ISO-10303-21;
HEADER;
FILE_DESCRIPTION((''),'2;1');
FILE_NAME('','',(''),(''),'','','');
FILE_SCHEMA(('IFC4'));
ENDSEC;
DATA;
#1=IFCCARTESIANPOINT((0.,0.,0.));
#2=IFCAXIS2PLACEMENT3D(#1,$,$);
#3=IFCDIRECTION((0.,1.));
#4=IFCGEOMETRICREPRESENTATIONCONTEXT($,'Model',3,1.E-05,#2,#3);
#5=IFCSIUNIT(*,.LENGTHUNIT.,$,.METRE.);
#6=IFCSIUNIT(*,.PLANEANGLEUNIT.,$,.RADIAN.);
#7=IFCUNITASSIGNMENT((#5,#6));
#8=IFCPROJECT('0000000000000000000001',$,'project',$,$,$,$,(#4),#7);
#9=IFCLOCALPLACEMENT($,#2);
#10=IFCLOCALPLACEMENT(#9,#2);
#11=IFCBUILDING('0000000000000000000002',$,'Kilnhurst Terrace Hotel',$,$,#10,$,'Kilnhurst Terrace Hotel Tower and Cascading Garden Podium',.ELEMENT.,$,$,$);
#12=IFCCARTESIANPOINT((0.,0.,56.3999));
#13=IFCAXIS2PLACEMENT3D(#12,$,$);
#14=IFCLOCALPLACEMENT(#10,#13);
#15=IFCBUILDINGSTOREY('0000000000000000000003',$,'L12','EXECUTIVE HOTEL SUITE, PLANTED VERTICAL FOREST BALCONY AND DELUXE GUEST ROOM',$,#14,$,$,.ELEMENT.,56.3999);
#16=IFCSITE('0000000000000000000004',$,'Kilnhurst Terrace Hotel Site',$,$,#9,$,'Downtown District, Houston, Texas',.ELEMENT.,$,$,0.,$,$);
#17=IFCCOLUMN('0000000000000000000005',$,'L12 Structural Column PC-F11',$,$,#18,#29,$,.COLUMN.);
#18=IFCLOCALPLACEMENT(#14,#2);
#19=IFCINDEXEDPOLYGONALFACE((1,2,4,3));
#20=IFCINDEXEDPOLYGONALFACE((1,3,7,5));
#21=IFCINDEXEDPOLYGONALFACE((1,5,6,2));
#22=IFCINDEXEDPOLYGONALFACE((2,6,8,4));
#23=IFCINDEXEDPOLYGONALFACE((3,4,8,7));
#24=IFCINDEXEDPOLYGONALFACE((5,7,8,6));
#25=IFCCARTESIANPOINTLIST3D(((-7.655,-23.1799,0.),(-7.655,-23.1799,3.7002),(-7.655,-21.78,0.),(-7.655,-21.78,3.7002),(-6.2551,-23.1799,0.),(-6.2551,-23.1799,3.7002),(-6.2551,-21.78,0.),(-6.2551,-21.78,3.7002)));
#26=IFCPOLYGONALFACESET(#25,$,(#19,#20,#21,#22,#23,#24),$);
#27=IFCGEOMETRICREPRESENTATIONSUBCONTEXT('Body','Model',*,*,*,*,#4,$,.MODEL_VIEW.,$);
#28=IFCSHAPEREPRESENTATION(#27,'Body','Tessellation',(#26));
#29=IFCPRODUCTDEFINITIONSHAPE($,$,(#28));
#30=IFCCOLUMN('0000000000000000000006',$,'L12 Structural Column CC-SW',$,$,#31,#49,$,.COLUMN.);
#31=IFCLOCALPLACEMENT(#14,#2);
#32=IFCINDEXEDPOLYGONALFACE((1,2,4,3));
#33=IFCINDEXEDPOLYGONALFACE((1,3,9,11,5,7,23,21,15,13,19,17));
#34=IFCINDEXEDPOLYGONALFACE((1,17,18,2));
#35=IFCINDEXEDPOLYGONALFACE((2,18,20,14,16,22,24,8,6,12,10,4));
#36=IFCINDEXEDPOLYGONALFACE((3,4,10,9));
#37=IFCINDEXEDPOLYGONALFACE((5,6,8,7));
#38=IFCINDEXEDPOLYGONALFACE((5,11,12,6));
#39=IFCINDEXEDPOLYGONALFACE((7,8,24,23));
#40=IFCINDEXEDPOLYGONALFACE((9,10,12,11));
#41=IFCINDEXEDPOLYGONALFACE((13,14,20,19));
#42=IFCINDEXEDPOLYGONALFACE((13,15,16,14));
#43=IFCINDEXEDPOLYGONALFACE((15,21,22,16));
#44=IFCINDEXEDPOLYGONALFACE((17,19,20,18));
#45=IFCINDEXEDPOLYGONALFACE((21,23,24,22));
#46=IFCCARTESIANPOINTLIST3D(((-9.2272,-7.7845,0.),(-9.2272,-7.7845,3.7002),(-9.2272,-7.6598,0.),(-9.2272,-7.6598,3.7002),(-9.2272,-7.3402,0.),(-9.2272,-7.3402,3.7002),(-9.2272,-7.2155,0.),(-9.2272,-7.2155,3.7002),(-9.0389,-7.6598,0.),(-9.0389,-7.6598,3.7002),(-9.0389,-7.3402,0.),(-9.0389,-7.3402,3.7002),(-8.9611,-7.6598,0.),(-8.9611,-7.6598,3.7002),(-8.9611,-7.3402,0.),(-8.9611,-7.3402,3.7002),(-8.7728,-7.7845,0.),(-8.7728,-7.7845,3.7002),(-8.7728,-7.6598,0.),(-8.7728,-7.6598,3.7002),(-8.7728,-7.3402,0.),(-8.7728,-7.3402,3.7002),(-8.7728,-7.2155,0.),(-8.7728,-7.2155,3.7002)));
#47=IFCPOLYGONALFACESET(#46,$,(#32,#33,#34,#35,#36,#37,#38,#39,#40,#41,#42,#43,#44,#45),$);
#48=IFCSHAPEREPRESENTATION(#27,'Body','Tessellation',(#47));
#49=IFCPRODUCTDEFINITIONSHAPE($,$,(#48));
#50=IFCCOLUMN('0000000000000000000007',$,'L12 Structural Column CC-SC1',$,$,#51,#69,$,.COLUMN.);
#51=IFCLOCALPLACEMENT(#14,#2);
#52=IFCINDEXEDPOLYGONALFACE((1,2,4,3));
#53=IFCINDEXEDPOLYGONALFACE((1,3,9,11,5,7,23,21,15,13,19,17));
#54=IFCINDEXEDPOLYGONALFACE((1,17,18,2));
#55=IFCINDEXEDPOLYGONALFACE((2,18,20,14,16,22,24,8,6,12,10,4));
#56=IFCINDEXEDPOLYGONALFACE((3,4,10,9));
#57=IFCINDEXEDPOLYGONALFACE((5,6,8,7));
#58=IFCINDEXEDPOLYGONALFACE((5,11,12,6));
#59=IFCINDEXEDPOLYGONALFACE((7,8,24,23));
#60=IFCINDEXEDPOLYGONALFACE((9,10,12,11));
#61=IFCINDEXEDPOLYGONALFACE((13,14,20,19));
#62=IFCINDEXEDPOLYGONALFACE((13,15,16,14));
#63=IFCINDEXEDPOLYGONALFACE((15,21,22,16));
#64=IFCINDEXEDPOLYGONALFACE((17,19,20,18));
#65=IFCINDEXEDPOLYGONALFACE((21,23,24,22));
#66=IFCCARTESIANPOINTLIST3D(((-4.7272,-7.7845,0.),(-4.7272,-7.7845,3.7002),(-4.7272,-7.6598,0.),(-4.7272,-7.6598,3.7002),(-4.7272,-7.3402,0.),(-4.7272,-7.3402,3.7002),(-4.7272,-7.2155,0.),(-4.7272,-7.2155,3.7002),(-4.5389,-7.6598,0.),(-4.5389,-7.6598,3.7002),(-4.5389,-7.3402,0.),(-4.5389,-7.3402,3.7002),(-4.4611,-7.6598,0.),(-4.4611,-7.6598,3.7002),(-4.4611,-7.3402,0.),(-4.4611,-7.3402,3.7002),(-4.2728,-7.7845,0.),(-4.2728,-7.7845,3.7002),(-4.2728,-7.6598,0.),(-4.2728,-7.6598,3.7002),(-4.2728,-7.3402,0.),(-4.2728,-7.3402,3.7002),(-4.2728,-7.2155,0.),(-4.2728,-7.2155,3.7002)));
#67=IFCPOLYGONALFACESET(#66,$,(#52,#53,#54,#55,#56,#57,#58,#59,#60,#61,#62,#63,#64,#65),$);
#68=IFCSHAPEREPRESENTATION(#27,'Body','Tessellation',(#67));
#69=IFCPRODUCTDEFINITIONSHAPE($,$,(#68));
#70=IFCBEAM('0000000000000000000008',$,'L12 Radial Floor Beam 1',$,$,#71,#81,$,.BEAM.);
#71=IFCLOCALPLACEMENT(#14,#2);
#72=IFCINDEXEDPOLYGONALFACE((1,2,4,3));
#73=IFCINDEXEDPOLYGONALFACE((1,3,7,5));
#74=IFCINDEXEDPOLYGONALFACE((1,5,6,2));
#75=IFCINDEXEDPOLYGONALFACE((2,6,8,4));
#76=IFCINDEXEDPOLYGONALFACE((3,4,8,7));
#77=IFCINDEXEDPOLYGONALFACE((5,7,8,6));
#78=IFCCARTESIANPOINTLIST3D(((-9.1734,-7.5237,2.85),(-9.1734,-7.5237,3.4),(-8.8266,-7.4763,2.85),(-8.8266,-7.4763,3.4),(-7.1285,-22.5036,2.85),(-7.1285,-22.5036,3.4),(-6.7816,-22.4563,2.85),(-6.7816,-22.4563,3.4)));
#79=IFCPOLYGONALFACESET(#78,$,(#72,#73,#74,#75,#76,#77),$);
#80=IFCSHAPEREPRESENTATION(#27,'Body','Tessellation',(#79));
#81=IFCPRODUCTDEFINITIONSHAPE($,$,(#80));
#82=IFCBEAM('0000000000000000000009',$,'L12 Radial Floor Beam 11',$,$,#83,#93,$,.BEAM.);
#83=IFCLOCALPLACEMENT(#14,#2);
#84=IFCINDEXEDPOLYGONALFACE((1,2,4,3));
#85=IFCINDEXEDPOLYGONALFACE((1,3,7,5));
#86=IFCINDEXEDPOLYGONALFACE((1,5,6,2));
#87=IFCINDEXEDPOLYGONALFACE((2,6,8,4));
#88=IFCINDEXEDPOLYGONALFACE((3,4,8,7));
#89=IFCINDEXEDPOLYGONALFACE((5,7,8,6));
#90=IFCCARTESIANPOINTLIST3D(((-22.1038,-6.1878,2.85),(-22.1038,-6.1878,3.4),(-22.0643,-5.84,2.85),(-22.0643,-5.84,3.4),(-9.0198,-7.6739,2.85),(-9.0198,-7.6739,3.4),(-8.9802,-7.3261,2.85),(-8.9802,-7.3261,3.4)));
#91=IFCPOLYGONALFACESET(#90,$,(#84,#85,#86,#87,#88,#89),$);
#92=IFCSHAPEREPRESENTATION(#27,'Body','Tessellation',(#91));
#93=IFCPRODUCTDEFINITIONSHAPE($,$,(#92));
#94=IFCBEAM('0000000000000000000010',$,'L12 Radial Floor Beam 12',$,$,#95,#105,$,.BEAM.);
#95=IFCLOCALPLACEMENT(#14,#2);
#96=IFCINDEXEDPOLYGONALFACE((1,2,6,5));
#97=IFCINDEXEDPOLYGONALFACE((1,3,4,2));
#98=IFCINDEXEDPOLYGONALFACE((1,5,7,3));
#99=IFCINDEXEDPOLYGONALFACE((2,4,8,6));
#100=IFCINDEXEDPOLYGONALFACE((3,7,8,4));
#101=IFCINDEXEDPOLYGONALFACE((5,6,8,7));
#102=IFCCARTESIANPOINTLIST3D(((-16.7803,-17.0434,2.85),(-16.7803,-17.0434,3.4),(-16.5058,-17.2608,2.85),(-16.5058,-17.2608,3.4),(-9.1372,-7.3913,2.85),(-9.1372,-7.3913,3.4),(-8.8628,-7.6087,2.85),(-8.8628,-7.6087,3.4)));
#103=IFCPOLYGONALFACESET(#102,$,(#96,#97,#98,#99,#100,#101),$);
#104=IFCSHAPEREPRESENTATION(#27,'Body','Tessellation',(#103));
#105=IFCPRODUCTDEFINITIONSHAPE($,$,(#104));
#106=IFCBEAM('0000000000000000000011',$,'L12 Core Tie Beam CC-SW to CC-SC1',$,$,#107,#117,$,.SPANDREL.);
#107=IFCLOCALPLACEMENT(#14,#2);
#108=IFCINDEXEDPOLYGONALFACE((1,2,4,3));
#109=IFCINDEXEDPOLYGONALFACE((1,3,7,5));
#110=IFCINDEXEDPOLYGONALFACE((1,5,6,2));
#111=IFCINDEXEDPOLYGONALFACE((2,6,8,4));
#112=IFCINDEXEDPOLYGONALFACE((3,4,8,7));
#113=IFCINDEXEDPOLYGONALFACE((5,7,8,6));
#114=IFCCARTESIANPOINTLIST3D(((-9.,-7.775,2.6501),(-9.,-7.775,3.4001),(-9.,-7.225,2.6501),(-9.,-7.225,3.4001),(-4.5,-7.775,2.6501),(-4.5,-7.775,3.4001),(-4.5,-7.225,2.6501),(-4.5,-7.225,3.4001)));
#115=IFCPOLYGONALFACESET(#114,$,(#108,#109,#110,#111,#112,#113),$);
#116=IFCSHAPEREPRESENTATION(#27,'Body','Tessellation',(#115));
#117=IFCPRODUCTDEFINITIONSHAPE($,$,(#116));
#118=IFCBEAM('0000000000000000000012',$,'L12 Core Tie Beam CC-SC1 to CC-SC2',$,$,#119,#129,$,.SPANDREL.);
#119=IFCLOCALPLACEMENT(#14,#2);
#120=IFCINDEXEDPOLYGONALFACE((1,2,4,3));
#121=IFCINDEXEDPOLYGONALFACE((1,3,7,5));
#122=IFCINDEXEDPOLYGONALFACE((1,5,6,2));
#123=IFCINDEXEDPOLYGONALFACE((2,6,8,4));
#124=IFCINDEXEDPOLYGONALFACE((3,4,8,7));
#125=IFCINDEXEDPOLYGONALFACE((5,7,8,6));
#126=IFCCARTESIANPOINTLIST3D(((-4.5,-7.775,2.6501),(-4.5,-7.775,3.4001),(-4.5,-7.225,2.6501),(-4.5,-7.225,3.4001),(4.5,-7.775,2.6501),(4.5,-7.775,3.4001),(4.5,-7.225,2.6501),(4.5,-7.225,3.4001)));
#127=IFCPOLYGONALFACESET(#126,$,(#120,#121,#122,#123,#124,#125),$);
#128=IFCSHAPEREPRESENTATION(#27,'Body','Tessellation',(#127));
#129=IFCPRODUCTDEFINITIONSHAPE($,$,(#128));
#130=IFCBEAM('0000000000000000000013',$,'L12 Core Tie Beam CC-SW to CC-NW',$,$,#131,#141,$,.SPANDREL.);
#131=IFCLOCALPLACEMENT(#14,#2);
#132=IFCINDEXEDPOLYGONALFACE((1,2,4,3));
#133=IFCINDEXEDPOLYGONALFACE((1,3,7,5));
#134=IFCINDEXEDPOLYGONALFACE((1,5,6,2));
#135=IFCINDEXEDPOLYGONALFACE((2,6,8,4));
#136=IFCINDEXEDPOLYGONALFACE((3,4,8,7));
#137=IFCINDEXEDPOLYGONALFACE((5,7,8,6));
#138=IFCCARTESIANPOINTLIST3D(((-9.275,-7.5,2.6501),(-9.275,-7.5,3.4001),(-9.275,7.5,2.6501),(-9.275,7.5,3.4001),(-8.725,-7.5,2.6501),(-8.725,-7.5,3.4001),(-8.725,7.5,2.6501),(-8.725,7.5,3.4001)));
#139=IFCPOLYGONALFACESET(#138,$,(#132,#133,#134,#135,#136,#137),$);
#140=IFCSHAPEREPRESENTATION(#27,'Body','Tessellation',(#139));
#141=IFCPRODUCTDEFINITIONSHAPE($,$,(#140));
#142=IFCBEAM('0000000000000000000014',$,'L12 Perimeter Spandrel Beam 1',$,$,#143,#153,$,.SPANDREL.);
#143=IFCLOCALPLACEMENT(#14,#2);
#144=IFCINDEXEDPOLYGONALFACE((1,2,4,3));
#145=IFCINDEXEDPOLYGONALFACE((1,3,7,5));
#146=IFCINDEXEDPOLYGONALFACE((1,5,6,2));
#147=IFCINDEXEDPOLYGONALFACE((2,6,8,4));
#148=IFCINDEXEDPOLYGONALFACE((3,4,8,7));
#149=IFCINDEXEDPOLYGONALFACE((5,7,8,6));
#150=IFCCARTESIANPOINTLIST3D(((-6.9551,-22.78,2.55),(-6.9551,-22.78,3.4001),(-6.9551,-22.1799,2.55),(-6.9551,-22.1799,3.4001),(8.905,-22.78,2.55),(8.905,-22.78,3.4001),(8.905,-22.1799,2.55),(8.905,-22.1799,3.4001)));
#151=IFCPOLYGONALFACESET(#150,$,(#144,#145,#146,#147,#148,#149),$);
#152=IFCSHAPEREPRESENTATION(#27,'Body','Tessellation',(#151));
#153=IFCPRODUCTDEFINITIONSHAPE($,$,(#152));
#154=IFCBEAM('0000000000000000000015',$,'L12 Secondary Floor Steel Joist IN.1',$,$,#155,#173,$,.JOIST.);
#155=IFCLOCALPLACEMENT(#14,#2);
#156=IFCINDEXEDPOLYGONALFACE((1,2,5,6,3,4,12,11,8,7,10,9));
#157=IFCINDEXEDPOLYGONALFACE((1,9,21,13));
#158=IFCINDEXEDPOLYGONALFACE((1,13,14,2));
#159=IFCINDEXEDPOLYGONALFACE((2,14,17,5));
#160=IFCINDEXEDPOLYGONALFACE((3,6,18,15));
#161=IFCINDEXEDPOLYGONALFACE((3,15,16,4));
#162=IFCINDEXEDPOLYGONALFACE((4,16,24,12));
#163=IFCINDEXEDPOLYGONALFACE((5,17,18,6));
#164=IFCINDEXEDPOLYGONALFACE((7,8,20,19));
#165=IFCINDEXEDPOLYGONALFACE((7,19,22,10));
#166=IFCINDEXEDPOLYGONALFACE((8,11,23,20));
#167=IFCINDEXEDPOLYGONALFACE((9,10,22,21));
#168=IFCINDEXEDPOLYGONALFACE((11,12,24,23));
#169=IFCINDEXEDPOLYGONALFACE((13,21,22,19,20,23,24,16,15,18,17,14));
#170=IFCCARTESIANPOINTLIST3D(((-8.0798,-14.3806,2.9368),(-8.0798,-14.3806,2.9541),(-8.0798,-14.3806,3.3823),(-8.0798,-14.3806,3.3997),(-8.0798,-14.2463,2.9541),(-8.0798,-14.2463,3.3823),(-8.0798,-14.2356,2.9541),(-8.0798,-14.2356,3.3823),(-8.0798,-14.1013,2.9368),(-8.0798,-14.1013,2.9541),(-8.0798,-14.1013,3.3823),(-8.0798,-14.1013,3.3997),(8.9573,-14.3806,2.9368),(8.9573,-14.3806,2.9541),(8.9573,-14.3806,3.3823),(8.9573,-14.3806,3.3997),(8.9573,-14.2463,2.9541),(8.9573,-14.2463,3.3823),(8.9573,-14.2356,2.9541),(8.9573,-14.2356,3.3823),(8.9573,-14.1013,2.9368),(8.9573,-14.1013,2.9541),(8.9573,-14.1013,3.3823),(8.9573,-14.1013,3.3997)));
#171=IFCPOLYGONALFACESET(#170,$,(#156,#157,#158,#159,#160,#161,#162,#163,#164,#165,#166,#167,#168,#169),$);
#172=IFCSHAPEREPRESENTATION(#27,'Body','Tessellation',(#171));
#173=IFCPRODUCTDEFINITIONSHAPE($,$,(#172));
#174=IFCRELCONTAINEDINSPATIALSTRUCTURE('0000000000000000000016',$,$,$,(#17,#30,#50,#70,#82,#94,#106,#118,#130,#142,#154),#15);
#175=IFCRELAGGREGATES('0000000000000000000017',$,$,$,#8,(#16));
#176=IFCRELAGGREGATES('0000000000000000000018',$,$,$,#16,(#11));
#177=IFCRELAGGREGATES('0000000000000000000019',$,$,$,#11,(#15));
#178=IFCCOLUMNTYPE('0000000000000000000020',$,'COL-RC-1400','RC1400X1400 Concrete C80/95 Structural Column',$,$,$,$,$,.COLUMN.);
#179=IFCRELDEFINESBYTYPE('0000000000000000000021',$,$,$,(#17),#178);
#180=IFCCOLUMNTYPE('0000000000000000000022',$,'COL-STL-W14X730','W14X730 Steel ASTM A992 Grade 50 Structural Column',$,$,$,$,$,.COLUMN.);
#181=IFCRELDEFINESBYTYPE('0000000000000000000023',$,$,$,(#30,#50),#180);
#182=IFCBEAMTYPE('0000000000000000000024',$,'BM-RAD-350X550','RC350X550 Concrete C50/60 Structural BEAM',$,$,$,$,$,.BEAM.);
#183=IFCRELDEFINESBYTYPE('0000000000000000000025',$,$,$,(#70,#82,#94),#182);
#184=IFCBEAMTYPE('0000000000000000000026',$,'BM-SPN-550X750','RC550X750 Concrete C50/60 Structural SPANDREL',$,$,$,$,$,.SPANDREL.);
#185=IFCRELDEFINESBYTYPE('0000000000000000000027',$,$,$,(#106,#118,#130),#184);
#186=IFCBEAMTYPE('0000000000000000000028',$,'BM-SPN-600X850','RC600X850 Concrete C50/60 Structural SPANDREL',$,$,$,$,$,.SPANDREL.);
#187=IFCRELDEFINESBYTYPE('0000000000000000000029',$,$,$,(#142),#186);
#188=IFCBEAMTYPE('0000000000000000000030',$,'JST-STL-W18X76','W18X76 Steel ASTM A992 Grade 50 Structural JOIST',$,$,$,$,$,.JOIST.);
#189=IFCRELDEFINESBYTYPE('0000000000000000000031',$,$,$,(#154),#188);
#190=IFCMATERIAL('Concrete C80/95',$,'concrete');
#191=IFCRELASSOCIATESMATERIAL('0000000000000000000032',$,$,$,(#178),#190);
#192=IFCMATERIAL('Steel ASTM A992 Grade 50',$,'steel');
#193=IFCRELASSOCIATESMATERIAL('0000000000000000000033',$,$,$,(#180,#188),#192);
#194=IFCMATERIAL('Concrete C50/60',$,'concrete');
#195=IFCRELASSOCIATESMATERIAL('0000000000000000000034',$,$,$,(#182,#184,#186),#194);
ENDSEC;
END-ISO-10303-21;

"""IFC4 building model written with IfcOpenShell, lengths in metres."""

from ifc_helpers import new_model, si_unit, direction, frame, origin, origin_2d, place, context, subcontext, project, spatial, rectangle, i_section, extrude, material, material_profile, profile_set, type_object, element, save


model = new_model("IFC4")

# Units and contexts
model_context = context("Model", 3, precision=1e-05, world=origin(), true_north=direction((0.0, 1.0)))
body_context = subcontext(model_context, "Body", "Model", "MODEL_VIEW")
ifc_project = project(units=[si_unit("LENGTHUNIT", "METRE"), si_unit("PLANEANGLEUNIT", "RADIAN")], contexts=[model_context])

# Site, building, storey
site_placement = place(None, origin())
site = spatial("IfcSite", under=ifc_project, at=site_placement, Name="Kilnhurst Terrace Hotel Site", LongName="Downtown District, Houston, Texas", CompositionType="ELEMENT", RefElevation=0.0)
building_placement = place(site_placement, origin())
building = spatial("IfcBuilding", under=site, at=building_placement, Name="Kilnhurst Terrace Hotel", LongName="Kilnhurst Terrace Hotel Tower and Cascading Garden Podium", CompositionType="ELEMENT")
storey_placement = place(building_placement, frame((0.0, 0.0, 56.3999)))
storey = spatial("IfcBuildingStorey", under=building, at=storey_placement, Name="L12", Description="EXECUTIVE HOTEL SUITE, PLANTED VERTICAL FOREST BALCONY AND DELUXE GUEST ROOM", CompositionType="ELEMENT", Elevation=56.3999)

# Columns
ifc_material_1 = material(Name="Concrete C80/95", Category="concrete")
ifc_material_profile_1 = material_profile(ifc_material_1, rectangle(XDim=1.3999, YDim=1.3999, at=origin_2d()), Name="RC1400X1400")
ifc_profile_set_1 = profile_set([ifc_material_profile_1], Name="Concrete C80/95")
column_type_1 = type_object("IfcColumnType", Name="COL-RC-1400", Description="RC1400X1400 Concrete C80/95 Structural Column", PredefinedType="COLUMN", material=ifc_profile_set_1)
column_placement = place(storey_placement, frame((-6.9551, -22.48, 0.0), z_axis=(0.0, 0.0, 1.0), x_axis=(1.0, 0.0, 0.0)))
element("IfcColumn", 1, at=column_placement, inside=storey, type_object=column_type_1, Name="L12 Structural Column PC-F11", PredefinedType="COLUMN", context=body_context, shape_type="SweptSolid", body=[
    extrude(rectangle(XDim=1.3999, YDim=1.3999, at=origin_2d()), origin(), (0.0, 0.0, 1.0), 3.7002),
])
ifc_material_2 = material(Name="Steel ASTM A992 Grade 50", Category="steel")
ifc_material_profile_2 = material_profile(ifc_material_2, i_section(OverallWidth=0.4543, OverallDepth=0.5691, WebThickness=0.0779, FlangeThickness=0.1248, at=origin_2d()), Name="W14X730")
ifc_profile_set_2 = profile_set([ifc_material_profile_2], Name="Steel ASTM A992 Grade 50")
column_type_2 = type_object("IfcColumnType", Name="COL-STL-W14X730", Description="W14X730 Steel ASTM A992 Grade 50 Structural Column", PredefinedType="COLUMN", material=ifc_profile_set_2)
for number, where, z_axis, x_axis, name in (
    (2, (-9.0, -7.5, 0.0), (0.0, 0.0, 1.0), (1.0, 0.0, 0.0), "L12 Structural Column CC-SW"),
    (3, (-4.5, -7.5, 0.0), (0.0, 0.0, 1.0), (1.0, 0.0, 0.0), "L12 Structural Column CC-SC1"),
):
    element("IfcColumn", number, at=place(storey_placement, frame(where, z_axis=z_axis, x_axis=x_axis)), inside=storey, type_object=column_type_2, Name=name, PredefinedType="COLUMN", context=body_context, shape_type="SweptSolid", body=[
        extrude(i_section(OverallWidth=0.4543, OverallDepth=0.5691, WebThickness=0.0779, FlangeThickness=0.1248, at=origin_2d()), origin(), (0.0, 0.0, 1.0), 3.7002),
    ])

# Beams
ifc_material_3 = material(Name="Concrete C50/60", Category="concrete")
ifc_material_profile_3 = material_profile(ifc_material_3, rectangle(XDim=0.3501, YDim=0.55, at=origin_2d()), Name="RC350X550")
ifc_profile_set_3 = profile_set([ifc_material_profile_3], Name="Concrete C50/60")
beam_type_1 = type_object("IfcBeamType", Name="BM-RAD-350X550", Description="RC350X550 Concrete C50/60 Structural BEAM", PredefinedType="BEAM", material=ifc_profile_set_3)
beam_1_placement = place(storey_placement, frame((-9.0, -7.5, 3.125), z_axis=(0.135256, -0.990811, 0.0), x_axis=(0.990811, 0.135256, 0.0)))
element("IfcBeam", 4, at=beam_1_placement, inside=storey, type_object=beam_type_1, Name="L12 Radial Floor Beam 1", PredefinedType="BEAM", context=body_context, shape_type="SweptSolid", body=[
    extrude(rectangle(XDim=0.3501, YDim=0.55, at=origin_2d()), origin(), (0.0, 0.0, 1.0), 15.1189),
])
beam_2_placement = place(storey_placement, frame((-9.0, -7.5, 3.125), z_axis=(-0.993611, 0.112855, 0.0), x_axis=(-0.112855, -0.993611, 0.0)))
element("IfcBeam", 5, at=beam_2_placement, inside=storey, type_object=beam_type_1, Name="L12 Radial Floor Beam 11", PredefinedType="BEAM", context=body_context, shape_type="SweptSolid", body=[
    extrude(rectangle(XDim=0.3501, YDim=0.55, at=origin_2d()), origin(), (0.0, 0.0, 1.0), 13.1682),
])
beam_3_placement = place(storey_placement, frame((-9.0, -7.5, 3.125), z_axis=(-0.620794, -0.783974, 0.0), x_axis=(0.783974, -0.620794, 0.0)))
element("IfcBeam", 6, at=beam_3_placement, inside=storey, type_object=beam_type_1, Name="L12 Radial Floor Beam 12", PredefinedType="BEAM", context=body_context, shape_type="SweptSolid", body=[
    extrude(rectangle(XDim=0.3501, YDim=0.55, at=origin_2d()), origin(), (0.0, 0.0, 1.0), 12.3118),
])
ifc_material_profile_4 = material_profile(ifc_material_3, rectangle(XDim=0.55, YDim=0.75, at=origin_2d()), Name="RC550X750")
ifc_profile_set_4 = profile_set([ifc_material_profile_4], Name="Concrete C50/60")
beam_type_2 = type_object("IfcBeamType", Name="BM-SPN-550X750", Description="RC550X750 Concrete C50/60 Structural SPANDREL", PredefinedType="SPANDREL", material=ifc_profile_set_4)
beam_4_placement = place(storey_placement, frame((-9.0, -7.5, 3.0251), z_axis=(1.0, 0.0, 0.0), x_axis=(0.0, 1.0, 0.0)))
element("IfcBeam", 7, at=beam_4_placement, inside=storey, type_object=beam_type_2, Name="L12 Core Tie Beam CC-SW to CC-SC1", PredefinedType="SPANDREL", context=body_context, shape_type="SweptSolid", body=[
    extrude(rectangle(XDim=0.55, YDim=0.75, at=origin_2d()), origin(), (0.0, 0.0, 1.0), 4.5),
])
beam_5_placement = place(storey_placement, frame((-4.5, -7.5, 3.0251), z_axis=(1.0, 0.0, 0.0), x_axis=(0.0, 1.0, 0.0)))
element("IfcBeam", 8, at=beam_5_placement, inside=storey, type_object=beam_type_2, Name="L12 Core Tie Beam CC-SC1 to CC-SC2", PredefinedType="SPANDREL", context=body_context, shape_type="SweptSolid", body=[
    extrude(rectangle(XDim=0.55, YDim=0.75, at=origin_2d()), origin(), (0.0, 0.0, 1.0), 9.0),
])
beam_6_placement = place(storey_placement, frame((-9.0, -7.5, 3.0251), z_axis=(0.0, 1.0, 0.0), x_axis=(-1.0, 0.0, 0.0)))
element("IfcBeam", 9, at=beam_6_placement, inside=storey, type_object=beam_type_2, Name="L12 Core Tie Beam CC-SW to CC-NW", PredefinedType="SPANDREL", context=body_context, shape_type="SweptSolid", body=[
    extrude(rectangle(XDim=0.55, YDim=0.75, at=origin_2d()), origin(), (0.0, 0.0, 1.0), 15.0),
])
ifc_material_profile_5 = material_profile(ifc_material_3, rectangle(XDim=0.6001, YDim=0.8501, at=origin_2d()), Name="RC600X850")
ifc_profile_set_5 = profile_set([ifc_material_profile_5], Name="Concrete C50/60")
beam_type_3 = type_object("IfcBeamType", Name="BM-SPN-600X850", Description="RC600X850 Concrete C50/60 Structural SPANDREL", PredefinedType="SPANDREL", material=ifc_profile_set_5)
beam_7_placement = place(storey_placement, frame((-6.9551, -22.48, 2.9751), z_axis=(1.0, 0.0, 0.0), x_axis=(0.0, 1.0, 0.0)))
element("IfcBeam", 10, at=beam_7_placement, inside=storey, type_object=beam_type_3, Name="L12 Perimeter Spandrel Beam 1", PredefinedType="SPANDREL", context=body_context, shape_type="SweptSolid", body=[
    extrude(rectangle(XDim=0.6001, YDim=0.8501, at=origin_2d()), origin(), (0.0, 0.0, 1.0), 15.8601),
])
ifc_material_profile_6 = material_profile(ifc_material_2, i_section(OverallWidth=0.2793, OverallDepth=0.4629, WebThickness=0.0107, FlangeThickness=0.0173, at=origin_2d()), Name="W18X76")
ifc_profile_set_6 = profile_set([ifc_material_profile_6], Name="Steel ASTM A992 Grade 50")
beam_type_4 = type_object("IfcBeamType", Name="JST-STL-W18X76", Description="W18X76 Steel ASTM A992 Grade 50 Structural JOIST", PredefinedType="JOIST", material=ifc_profile_set_6)
beam_8_placement = place(storey_placement, frame((-8.0798, -14.241, 3.1682), z_axis=(1.0, 0.0, 0.0), x_axis=(0.0, 1.0, 0.0)))
element("IfcBeam", 11, at=beam_8_placement, inside=storey, type_object=beam_type_4, Name="L12 Secondary Floor Steel Joist IN.1", PredefinedType="JOIST", context=body_context, shape_type="SweptSolid", body=[
    extrude(i_section(OverallWidth=0.2793, OverallDepth=0.4629, WebThickness=0.0107, FlangeThickness=0.0173, at=origin_2d()), origin(), (0.0, 0.0, 1.0), 17.0371),
])

save(model, "model.ifc")
